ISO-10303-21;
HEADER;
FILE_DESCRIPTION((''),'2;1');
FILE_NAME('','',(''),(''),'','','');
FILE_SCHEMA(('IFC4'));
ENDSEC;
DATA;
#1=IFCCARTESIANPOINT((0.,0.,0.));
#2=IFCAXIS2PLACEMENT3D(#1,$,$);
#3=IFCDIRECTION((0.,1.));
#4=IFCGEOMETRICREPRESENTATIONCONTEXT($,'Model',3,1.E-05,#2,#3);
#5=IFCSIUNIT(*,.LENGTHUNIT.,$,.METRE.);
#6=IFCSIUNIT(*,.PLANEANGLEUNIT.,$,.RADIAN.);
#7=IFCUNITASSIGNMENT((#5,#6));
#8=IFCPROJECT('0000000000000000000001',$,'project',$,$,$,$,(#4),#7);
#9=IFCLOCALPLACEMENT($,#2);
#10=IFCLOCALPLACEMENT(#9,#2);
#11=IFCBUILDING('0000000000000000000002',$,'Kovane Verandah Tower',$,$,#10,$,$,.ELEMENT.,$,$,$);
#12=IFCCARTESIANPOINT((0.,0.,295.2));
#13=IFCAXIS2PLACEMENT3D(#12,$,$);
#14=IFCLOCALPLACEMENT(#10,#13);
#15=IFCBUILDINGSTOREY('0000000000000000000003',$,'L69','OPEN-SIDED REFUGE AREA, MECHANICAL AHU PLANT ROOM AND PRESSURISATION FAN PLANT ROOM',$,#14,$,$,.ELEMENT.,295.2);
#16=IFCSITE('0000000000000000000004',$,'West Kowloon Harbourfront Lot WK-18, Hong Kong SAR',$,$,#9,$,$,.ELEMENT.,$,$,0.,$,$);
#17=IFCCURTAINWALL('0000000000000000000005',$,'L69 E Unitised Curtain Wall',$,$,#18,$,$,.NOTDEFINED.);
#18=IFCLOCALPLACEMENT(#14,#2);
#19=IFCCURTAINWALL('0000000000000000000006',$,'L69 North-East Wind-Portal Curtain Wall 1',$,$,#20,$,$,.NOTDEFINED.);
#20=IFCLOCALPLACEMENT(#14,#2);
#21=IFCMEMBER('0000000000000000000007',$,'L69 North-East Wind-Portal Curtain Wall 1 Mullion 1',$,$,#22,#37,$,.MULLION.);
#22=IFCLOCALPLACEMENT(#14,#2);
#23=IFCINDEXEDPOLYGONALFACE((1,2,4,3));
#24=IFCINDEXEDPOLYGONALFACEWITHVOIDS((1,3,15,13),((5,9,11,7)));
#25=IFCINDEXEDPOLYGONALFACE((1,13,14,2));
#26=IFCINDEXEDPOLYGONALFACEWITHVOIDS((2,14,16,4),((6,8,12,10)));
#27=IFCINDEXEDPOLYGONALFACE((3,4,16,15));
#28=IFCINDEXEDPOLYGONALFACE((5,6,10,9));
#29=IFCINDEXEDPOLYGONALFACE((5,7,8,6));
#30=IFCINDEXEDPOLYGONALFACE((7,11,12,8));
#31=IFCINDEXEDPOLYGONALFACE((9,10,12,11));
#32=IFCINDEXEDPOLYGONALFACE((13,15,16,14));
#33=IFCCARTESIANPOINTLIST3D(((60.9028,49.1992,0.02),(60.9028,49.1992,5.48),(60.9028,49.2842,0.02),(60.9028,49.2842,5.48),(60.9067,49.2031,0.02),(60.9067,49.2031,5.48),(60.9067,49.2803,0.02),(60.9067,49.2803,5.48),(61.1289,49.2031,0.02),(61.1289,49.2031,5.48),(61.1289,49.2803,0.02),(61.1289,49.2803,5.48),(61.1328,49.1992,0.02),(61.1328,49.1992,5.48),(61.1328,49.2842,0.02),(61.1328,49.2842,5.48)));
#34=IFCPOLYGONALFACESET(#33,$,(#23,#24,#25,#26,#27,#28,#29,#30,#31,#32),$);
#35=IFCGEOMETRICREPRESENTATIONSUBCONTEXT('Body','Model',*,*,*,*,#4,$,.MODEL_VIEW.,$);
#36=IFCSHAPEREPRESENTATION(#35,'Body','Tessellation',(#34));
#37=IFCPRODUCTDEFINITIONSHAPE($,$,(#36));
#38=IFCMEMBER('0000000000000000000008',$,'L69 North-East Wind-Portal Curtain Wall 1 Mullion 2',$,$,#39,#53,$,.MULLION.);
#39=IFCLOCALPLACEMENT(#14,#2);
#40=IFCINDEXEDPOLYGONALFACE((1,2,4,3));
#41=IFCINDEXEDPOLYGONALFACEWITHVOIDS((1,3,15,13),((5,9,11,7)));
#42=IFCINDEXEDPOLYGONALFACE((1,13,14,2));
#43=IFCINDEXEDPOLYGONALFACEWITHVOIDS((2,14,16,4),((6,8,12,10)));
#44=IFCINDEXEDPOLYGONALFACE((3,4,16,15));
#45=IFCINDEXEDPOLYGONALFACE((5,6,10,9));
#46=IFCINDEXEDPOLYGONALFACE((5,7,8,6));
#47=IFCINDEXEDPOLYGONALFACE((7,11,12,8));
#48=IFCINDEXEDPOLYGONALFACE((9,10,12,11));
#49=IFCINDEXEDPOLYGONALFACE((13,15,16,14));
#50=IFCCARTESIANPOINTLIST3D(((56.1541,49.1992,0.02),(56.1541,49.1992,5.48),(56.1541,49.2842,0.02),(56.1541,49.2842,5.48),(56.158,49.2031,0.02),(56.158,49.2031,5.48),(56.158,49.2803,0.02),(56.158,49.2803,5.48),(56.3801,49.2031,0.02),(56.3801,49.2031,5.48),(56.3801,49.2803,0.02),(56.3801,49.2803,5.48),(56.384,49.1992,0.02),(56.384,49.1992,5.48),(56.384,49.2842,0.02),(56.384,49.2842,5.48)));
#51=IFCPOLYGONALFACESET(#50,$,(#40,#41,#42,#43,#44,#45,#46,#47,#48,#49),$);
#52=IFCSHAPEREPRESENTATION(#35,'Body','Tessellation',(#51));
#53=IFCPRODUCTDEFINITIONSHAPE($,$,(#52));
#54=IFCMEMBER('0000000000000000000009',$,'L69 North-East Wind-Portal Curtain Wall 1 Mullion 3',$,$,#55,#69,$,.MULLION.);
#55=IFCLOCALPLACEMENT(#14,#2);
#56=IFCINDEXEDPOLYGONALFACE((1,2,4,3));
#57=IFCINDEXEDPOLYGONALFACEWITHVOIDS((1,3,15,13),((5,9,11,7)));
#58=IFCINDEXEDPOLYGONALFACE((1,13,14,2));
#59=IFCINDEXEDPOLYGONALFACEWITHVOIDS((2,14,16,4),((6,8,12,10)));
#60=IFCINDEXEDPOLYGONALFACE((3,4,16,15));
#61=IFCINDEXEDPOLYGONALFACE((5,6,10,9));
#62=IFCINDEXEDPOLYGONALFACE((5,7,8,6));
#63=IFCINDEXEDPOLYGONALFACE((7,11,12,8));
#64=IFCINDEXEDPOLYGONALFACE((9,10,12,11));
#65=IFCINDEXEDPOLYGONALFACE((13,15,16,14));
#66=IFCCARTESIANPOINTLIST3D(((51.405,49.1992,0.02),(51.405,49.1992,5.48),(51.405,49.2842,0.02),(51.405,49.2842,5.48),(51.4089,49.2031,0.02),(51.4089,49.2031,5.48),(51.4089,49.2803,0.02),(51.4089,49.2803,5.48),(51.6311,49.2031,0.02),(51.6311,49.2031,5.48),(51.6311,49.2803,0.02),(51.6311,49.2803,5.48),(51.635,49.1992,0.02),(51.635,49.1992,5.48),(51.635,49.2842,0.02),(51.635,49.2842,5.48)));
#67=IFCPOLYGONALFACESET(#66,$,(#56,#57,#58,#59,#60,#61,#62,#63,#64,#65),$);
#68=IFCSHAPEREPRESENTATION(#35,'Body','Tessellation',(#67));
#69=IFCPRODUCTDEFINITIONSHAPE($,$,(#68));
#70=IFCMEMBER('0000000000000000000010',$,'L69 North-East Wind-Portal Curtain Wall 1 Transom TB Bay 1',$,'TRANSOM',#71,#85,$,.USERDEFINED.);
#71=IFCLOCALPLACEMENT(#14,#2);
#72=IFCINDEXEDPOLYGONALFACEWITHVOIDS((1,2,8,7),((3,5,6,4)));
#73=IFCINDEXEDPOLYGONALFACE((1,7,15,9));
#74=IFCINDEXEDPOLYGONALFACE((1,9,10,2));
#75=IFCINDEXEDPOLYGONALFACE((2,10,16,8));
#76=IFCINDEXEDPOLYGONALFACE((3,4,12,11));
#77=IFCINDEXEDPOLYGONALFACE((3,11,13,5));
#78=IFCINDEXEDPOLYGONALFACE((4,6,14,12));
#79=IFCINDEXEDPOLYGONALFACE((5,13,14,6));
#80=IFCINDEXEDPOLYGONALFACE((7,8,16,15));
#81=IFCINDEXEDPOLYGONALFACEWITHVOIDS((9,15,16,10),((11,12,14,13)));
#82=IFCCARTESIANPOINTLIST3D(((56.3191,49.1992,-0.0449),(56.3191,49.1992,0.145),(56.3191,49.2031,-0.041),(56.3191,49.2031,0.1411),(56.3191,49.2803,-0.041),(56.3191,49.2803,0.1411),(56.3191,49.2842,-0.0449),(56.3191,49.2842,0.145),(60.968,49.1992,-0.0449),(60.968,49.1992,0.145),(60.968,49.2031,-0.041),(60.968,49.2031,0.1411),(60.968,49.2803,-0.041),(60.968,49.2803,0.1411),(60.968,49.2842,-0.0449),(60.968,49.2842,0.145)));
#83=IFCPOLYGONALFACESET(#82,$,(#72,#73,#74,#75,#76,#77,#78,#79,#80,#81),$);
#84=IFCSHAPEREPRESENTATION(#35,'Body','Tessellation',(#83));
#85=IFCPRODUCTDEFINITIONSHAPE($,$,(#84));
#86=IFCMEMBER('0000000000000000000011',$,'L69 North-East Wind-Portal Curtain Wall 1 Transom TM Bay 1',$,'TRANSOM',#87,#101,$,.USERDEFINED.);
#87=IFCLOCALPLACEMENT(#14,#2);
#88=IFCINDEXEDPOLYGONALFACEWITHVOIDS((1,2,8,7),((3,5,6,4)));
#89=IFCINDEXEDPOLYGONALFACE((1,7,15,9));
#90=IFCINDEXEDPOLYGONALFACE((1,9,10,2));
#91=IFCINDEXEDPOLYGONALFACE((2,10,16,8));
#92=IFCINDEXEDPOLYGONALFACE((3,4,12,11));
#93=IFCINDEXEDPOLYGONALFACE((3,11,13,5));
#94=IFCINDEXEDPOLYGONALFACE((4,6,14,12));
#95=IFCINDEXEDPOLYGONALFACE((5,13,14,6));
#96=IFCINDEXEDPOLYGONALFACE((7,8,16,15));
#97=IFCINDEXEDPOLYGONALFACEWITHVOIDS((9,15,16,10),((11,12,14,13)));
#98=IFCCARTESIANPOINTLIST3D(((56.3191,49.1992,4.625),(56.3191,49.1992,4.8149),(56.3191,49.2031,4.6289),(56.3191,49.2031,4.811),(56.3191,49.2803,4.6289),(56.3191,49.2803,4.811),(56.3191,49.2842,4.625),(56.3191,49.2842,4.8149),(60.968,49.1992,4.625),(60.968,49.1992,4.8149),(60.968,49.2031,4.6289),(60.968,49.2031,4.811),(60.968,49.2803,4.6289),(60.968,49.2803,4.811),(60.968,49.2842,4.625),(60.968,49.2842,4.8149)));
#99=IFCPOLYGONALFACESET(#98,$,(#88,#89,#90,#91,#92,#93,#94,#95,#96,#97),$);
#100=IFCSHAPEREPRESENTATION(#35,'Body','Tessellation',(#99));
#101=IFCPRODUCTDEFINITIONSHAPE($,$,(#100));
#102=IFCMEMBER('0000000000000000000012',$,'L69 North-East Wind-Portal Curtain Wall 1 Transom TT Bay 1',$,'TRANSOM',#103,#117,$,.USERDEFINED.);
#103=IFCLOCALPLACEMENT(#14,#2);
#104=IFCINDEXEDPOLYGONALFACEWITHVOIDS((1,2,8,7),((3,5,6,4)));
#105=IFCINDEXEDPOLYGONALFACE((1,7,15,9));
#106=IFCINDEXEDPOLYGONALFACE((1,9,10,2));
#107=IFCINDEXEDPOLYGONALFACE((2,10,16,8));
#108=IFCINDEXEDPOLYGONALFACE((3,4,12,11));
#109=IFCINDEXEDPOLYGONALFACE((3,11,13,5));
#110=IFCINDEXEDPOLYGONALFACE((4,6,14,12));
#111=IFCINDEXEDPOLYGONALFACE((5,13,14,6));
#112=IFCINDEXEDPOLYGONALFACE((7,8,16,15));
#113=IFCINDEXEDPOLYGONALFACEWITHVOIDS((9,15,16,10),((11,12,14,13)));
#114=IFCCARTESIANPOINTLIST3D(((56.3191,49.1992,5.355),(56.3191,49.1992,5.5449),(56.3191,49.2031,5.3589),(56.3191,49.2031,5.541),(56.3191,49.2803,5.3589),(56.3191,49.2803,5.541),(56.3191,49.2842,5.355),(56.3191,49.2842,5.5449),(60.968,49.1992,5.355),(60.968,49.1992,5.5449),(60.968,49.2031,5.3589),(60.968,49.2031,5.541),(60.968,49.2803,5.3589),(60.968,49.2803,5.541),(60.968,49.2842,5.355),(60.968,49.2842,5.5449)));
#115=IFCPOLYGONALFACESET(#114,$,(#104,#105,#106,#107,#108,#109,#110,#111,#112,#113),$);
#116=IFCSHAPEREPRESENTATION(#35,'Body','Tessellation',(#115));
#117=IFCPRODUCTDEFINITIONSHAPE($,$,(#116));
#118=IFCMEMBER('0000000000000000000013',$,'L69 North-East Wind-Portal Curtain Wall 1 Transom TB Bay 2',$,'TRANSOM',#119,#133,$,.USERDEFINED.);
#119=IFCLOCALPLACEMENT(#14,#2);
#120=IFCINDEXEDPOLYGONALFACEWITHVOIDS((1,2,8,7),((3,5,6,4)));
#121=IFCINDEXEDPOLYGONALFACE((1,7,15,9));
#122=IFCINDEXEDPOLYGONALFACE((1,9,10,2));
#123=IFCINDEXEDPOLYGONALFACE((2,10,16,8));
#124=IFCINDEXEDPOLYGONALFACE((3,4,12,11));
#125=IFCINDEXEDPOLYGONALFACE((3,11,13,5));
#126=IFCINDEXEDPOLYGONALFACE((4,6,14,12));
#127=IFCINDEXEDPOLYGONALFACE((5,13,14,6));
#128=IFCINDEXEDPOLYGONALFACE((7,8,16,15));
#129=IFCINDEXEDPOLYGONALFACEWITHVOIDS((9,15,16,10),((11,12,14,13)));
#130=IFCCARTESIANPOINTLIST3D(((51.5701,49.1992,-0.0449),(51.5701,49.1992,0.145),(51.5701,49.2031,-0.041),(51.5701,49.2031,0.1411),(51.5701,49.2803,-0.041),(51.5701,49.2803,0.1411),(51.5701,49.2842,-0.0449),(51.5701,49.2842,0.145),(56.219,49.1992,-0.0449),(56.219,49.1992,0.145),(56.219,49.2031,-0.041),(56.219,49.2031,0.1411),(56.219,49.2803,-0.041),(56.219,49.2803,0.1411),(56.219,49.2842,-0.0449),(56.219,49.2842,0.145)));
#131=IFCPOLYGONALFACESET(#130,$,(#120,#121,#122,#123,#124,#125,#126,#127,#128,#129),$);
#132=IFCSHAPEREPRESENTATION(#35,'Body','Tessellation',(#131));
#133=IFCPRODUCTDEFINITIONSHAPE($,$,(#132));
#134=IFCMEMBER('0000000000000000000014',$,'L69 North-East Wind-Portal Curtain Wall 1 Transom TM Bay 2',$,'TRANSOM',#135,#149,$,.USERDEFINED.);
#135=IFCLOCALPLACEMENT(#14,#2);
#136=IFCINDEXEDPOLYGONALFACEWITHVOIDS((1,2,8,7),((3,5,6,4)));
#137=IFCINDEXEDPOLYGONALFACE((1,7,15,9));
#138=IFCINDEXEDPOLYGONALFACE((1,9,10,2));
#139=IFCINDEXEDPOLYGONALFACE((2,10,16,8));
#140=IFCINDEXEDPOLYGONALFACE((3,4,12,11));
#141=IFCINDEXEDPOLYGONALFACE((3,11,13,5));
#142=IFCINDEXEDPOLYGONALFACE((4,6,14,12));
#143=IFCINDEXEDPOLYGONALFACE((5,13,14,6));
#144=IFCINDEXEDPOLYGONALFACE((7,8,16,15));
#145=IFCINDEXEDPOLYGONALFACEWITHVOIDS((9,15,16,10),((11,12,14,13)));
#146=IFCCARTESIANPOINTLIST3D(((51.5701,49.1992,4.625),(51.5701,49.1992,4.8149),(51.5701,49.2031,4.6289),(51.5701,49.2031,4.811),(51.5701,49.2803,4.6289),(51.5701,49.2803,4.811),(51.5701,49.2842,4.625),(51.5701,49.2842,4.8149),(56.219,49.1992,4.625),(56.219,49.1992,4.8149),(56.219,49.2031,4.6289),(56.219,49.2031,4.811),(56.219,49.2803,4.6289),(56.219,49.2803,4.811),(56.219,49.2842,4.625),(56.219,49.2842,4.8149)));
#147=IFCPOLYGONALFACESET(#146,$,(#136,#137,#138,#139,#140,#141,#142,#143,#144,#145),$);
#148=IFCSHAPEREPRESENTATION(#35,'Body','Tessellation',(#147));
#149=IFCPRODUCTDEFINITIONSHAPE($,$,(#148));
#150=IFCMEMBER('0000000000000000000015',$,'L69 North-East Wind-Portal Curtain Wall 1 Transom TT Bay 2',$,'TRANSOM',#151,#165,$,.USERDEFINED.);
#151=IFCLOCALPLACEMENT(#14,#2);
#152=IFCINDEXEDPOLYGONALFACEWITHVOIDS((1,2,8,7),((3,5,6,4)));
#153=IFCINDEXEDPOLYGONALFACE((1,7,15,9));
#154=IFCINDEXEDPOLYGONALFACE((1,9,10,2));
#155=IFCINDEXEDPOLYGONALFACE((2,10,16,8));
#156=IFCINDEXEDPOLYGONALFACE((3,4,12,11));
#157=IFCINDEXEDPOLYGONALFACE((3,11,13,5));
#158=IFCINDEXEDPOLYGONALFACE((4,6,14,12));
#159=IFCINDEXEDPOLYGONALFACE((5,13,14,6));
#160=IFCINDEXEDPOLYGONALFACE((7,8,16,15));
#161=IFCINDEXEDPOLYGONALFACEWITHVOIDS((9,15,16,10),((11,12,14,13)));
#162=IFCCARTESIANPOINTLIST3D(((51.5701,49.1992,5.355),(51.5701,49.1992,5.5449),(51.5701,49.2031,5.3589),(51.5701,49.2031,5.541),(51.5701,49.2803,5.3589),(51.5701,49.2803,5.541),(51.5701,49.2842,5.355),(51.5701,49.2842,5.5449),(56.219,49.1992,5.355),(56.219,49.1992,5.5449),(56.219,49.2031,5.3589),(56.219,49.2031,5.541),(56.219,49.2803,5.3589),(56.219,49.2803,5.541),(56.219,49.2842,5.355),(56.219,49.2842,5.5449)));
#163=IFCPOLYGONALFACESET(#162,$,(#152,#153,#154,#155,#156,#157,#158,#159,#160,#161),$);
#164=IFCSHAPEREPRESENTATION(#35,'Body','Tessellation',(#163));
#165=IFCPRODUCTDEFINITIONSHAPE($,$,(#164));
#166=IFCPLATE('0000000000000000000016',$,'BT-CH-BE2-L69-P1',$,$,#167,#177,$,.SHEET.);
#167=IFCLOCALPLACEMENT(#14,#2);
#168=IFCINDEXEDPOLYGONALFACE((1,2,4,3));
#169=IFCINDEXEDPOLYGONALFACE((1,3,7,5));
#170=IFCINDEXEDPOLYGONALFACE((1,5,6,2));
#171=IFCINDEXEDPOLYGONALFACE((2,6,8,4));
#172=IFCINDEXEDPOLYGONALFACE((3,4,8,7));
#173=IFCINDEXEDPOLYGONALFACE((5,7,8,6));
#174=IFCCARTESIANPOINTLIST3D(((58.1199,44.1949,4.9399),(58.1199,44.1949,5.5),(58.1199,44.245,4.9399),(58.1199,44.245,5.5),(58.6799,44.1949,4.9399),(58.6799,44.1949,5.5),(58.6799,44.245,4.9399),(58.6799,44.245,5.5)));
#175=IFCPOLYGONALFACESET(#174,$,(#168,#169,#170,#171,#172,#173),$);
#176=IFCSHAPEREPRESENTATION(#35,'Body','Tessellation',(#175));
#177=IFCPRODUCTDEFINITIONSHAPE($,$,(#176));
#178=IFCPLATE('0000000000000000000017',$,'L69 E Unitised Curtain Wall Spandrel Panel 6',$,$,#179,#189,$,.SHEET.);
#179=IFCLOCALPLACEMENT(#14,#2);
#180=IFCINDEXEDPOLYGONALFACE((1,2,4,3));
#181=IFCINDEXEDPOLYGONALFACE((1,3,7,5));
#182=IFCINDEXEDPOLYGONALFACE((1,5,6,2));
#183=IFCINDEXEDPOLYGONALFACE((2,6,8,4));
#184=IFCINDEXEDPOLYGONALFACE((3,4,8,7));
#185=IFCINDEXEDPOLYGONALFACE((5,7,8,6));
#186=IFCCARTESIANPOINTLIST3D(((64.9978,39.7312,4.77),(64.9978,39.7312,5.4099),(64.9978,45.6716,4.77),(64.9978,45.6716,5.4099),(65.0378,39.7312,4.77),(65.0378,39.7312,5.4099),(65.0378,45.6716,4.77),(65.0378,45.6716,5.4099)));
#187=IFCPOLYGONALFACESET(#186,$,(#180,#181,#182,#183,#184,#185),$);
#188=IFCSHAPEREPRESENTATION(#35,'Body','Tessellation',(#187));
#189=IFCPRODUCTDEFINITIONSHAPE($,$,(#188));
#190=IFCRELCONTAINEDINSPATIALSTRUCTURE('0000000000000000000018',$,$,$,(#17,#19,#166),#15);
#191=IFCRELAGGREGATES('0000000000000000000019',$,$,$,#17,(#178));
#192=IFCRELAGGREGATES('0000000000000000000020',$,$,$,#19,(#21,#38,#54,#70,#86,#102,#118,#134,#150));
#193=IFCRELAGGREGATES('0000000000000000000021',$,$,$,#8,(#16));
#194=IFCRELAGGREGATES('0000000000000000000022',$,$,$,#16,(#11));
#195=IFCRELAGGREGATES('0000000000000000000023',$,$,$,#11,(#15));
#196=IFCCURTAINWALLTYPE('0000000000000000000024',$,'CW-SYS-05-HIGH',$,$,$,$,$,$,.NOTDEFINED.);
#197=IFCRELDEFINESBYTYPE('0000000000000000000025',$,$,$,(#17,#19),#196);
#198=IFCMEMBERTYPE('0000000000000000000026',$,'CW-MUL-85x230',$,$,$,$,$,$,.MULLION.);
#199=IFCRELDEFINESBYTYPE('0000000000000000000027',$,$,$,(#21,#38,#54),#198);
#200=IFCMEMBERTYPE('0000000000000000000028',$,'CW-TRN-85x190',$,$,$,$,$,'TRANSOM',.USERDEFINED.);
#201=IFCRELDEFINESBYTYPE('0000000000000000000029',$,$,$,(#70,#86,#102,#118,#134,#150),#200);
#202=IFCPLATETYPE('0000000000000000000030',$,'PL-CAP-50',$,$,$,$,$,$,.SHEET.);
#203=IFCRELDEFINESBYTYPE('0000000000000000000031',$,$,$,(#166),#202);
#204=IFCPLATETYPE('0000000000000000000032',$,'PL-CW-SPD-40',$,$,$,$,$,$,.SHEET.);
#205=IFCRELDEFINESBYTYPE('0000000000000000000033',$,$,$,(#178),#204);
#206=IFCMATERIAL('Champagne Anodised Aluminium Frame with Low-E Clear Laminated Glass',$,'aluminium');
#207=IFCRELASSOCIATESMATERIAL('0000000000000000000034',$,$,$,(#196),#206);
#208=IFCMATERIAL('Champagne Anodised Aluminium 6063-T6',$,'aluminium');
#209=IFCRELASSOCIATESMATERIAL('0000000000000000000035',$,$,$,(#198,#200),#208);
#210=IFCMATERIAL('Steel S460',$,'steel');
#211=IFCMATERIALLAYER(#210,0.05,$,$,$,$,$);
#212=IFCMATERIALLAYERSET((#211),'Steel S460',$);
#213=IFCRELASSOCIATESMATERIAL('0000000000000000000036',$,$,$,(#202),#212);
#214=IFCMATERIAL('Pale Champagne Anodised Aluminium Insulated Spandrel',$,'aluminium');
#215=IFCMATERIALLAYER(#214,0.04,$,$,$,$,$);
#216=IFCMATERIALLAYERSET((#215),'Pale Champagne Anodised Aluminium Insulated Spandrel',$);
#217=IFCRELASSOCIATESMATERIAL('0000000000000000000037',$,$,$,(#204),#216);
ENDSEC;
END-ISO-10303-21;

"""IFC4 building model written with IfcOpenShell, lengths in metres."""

from ifc_helpers import new_model, si_unit, direction, frame, origin, origin_2d, place, context, subcontext, project, spatial, rectangle, hollow_rectangle, extrude, material, layer, layer_set, material_profile, profile_set, type_object, element, aggregate, save


model = new_model("IFC4")

# Units and contexts
model_context = context("Model", 3, precision=1e-05, world=origin(), true_north=direction((0.0, 1.0)))
body_context = subcontext(model_context, "Body", "Model", "MODEL_VIEW")
ifc_project = project(units=[si_unit("LENGTHUNIT", "METRE"), si_unit("PLANEANGLEUNIT", "RADIAN")], contexts=[model_context])

# Site, building, storey
site_placement = place(None, origin())
site = spatial("IfcSite", under=ifc_project, at=site_placement, Name="West Kowloon Harbourfront Lot WK-18, Hong Kong SAR", CompositionType="ELEMENT", RefElevation=0.0)
building_placement = place(site_placement, origin())
building = spatial("IfcBuilding", under=site, at=building_placement, Name="Kovane Verandah Tower", CompositionType="ELEMENT")
storey_placement = place(building_placement, frame((0.0, 0.0, 295.2)))
storey = spatial("IfcBuildingStorey", under=building, at=storey_placement, Name="L69", Description="OPEN-SIDED REFUGE AREA, MECHANICAL AHU PLANT ROOM AND PRESSURISATION FAN PLANT ROOM", CompositionType="ELEMENT", Elevation=295.2)

# Shared definitions
ifc_material_1 = material(Name="Steel S460", Category="steel")

# Curtain wall
ifc_material_2 = material(Name="Champagne Anodised Aluminium Frame with Low-E Clear Laminated Glass", Category="aluminium")
curtain_wall_type = type_object("IfcCurtainWallType", Name="CW-SYS-05-HIGH", PredefinedType="NOTDEFINED", material=ifc_material_2)
curtain_wall_1_placement = place(storey_placement, origin())
curtain_wall_1 = element("IfcCurtainWall", 1, at=curtain_wall_1_placement, inside=storey, type_object=curtain_wall_type, Name="L69 E Unitised Curtain Wall", PredefinedType="NOTDEFINED")
ifc_material_3 = material(Name="Champagne Anodised Aluminium 6063-T6", Category="aluminium")
ifc_material_profile_1 = material_profile(ifc_material_3, hollow_rectangle(XDim=0.085, YDim=0.23, WallThickness=0.0039, at=origin_2d()), Name="AL85x230x4")
ifc_profile_set_1 = profile_set([ifc_material_profile_1], Name="Champagne Anodised Aluminium 6063-T6")
member_type_1 = type_object("IfcMemberType", Name="CW-MUL-85x230", PredefinedType="MULLION", material=ifc_profile_set_1)

# Curtain wall, members
curtain_wall_2_placement = place(storey_placement, origin())
curtain_wall_2 = element("IfcCurtainWall", 2, at=curtain_wall_2_placement, inside=storey, type_object=curtain_wall_type, Name="L69 North-East Wind-Portal Curtain Wall 1", PredefinedType="NOTDEFINED")
member_1_placement = place(storey_placement, frame((61.0178, 49.2417, 0.02), z_axis=(0.0, 0.0, 1.0), x_axis=(0.0, 1.0, 0.0)))
member_1 = element("IfcMember", 3, at=member_1_placement, type_object=member_type_1, Name="L69 North-East Wind-Portal Curtain Wall 1 Mullion 1", PredefinedType="MULLION", context=body_context, shape_type="SweptSolid", body=[
    extrude(hollow_rectangle(XDim=0.085, YDim=0.23, WallThickness=0.0039, at=origin_2d()), origin(), (0.0, 0.0, 1.0), 5.46),
])
member_2_placement = place(storey_placement, frame((56.269, 49.2417, 0.02), z_axis=(0.0, 0.0, 1.0), x_axis=(0.0, 1.0, 0.0)))
member_2 = element("IfcMember", 4, at=member_2_placement, type_object=member_type_1, Name="L69 North-East Wind-Portal Curtain Wall 1 Mullion 2", PredefinedType="MULLION", context=body_context, shape_type="SweptSolid", body=[
    extrude(hollow_rectangle(XDim=0.085, YDim=0.23, WallThickness=0.0039, at=origin_2d()), origin(), (0.0, 0.0, 1.0), 5.46),
])
member_3_placement = place(storey_placement, frame((51.52, 49.2417, 0.02), z_axis=(0.0, 0.0, 1.0), x_axis=(0.0, 1.0, 0.0)))
member_3 = element("IfcMember", 5, at=member_3_placement, type_object=member_type_1, Name="L69 North-East Wind-Portal Curtain Wall 1 Mullion 3", PredefinedType="MULLION", context=body_context, shape_type="SweptSolid", body=[
    extrude(hollow_rectangle(XDim=0.085, YDim=0.23, WallThickness=0.0039, at=origin_2d()), origin(), (0.0, 0.0, 1.0), 5.46),
])
ifc_material_profile_2 = material_profile(ifc_material_3, hollow_rectangle(XDim=0.085, YDim=0.1899, WallThickness=0.0039, at=origin_2d()), Name="AL85x190x4")
ifc_profile_set_2 = profile_set([ifc_material_profile_2], Name="Champagne Anodised Aluminium 6063-T6")
member_type_2 = type_object("IfcMemberType", Name="CW-TRN-85x190", ElementType="TRANSOM", PredefinedType="USERDEFINED", material=ifc_profile_set_2)
member_4_placement = place(storey_placement, frame((60.968, 49.2417, 0.05), z_axis=(-1.0, 0.0, 0.0), x_axis=(0.0, -1.0, 0.0)))
member_4 = element("IfcMember", 6, at=member_4_placement, type_object=member_type_2, Name="L69 North-East Wind-Portal Curtain Wall 1 Transom TB Bay 1", ObjectType="TRANSOM", PredefinedType="USERDEFINED", context=body_context, shape_type="SweptSolid", body=[
    extrude(hollow_rectangle(XDim=0.085, YDim=0.1899, WallThickness=0.0039, at=origin_2d()), origin(), (0.0, 0.0, 1.0), 4.6489),
])
member_5_placement = place(storey_placement, frame((60.968, 49.2417, 4.72), z_axis=(-1.0, 0.0, 0.0), x_axis=(0.0, -1.0, 0.0)))
member_5 = element("IfcMember", 7, at=member_5_placement, type_object=member_type_2, Name="L69 North-East Wind-Portal Curtain Wall 1 Transom TM Bay 1", ObjectType="TRANSOM", PredefinedType="USERDEFINED", context=body_context, shape_type="SweptSolid", body=[
    extrude(hollow_rectangle(XDim=0.085, YDim=0.1899, WallThickness=0.0039, at=origin_2d()), origin(), (0.0, 0.0, 1.0), 4.6489),
])
member_6_placement = place(storey_placement, frame((60.968, 49.2417, 5.45), z_axis=(-1.0, 0.0, 0.0), x_axis=(0.0, -1.0, 0.0)))
member_6 = element("IfcMember", 8, at=member_6_placement, type_object=member_type_2, Name="L69 North-East Wind-Portal Curtain Wall 1 Transom TT Bay 1", ObjectType="TRANSOM", PredefinedType="USERDEFINED", context=body_context, shape_type="SweptSolid", body=[
    extrude(hollow_rectangle(XDim=0.085, YDim=0.1899, WallThickness=0.0039, at=origin_2d()), origin(), (0.0, 0.0, 1.0), 4.6489),
])
member_7_placement = place(storey_placement, frame((56.219, 49.2417, 0.05), z_axis=(-1.0, 0.0, 0.0), x_axis=(0.0, -1.0, 0.0)))
member_7 = element("IfcMember", 9, at=member_7_placement, type_object=member_type_2, Name="L69 North-East Wind-Portal Curtain Wall 1 Transom TB Bay 2", ObjectType="TRANSOM", PredefinedType="USERDEFINED", context=body_context, shape_type="SweptSolid", body=[
    extrude(hollow_rectangle(XDim=0.085, YDim=0.1899, WallThickness=0.0039, at=origin_2d()), origin(), (0.0, 0.0, 1.0), 4.6489),
])
member_8_placement = place(storey_placement, frame((56.219, 49.2417, 4.72), z_axis=(-1.0, 0.0, 0.0), x_axis=(0.0, -1.0, 0.0)))
member_8 = element("IfcMember", 10, at=member_8_placement, type_object=member_type_2, Name="L69 North-East Wind-Portal Curtain Wall 1 Transom TM Bay 2", ObjectType="TRANSOM", PredefinedType="USERDEFINED", context=body_context, shape_type="SweptSolid", body=[
    extrude(hollow_rectangle(XDim=0.085, YDim=0.1899, WallThickness=0.0039, at=origin_2d()), origin(), (0.0, 0.0, 1.0), 4.6489),
])
member_9_placement = place(storey_placement, frame((56.219, 49.2417, 5.45), z_axis=(-1.0, 0.0, 0.0), x_axis=(0.0, -1.0, 0.0)))
member_9 = element("IfcMember", 11, at=member_9_placement, type_object=member_type_2, Name="L69 North-East Wind-Portal Curtain Wall 1 Transom TT Bay 2", ObjectType="TRANSOM", PredefinedType="USERDEFINED", context=body_context, shape_type="SweptSolid", body=[
    extrude(hollow_rectangle(XDim=0.085, YDim=0.1899, WallThickness=0.0039, at=origin_2d()), origin(), (0.0, 0.0, 1.0), 4.6489),
])

# Plates
ifc_layer_1 = layer(ifc_material_1, 0.05)
ifc_layer_set_1 = layer_set([ifc_layer_1], Name="Steel S460")
plate_type_1 = type_object("IfcPlateType", Name="PL-CAP-50", PredefinedType="SHEET", material=ifc_layer_set_1)
plate_1_placement = place(storey_placement, frame((58.3999, 44.22, 4.9399), z_axis=(0.0, 0.0, 1.0), x_axis=(0.0, 1.0, 0.0)))
element("IfcPlate", 12, at=plate_1_placement, inside=storey, type_object=plate_type_1, Name="BT-CH-BE2-L69-P1", PredefinedType="SHEET", context=body_context, shape_type="SweptSolid", body=[
    extrude(rectangle(XDim=0.05, YDim=0.5601, at=origin_2d()), origin(), (0.0, 0.0, 1.0), 0.5601),
])
ifc_material_4 = material(Name="Pale Champagne Anodised Aluminium Insulated Spandrel", Category="aluminium")
ifc_layer_2 = layer(ifc_material_4, 0.04)
ifc_layer_set_2 = layer_set([ifc_layer_2], Name="Pale Champagne Anodised Aluminium Insulated Spandrel")
plate_type_2 = type_object("IfcPlateType", Name="PL-CW-SPD-40", PredefinedType="SHEET", material=ifc_layer_set_2)
plate_2_placement = place(storey_placement, frame((65.0178, 42.7014, 4.77), z_axis=(0.0, 0.0, 1.0), x_axis=(0.0, 1.0, 0.0)))
plate_2 = element("IfcPlate", 13, at=plate_2_placement, type_object=plate_type_2, Name="L69 E Unitised Curtain Wall Spandrel Panel 6", PredefinedType="SHEET", context=body_context, shape_type="SweptSolid", body=[
    extrude(rectangle(XDim=5.9404, YDim=0.04, at=origin_2d()), origin(), (0.0, 0.0, 1.0), 0.6399),
])
aggregate(curtain_wall_1, [plate_2])
aggregate(curtain_wall_2, [member_1, member_2, member_3, member_4, member_5, member_6, member_7, member_8, member_9])

save(model, "model.ifc")
